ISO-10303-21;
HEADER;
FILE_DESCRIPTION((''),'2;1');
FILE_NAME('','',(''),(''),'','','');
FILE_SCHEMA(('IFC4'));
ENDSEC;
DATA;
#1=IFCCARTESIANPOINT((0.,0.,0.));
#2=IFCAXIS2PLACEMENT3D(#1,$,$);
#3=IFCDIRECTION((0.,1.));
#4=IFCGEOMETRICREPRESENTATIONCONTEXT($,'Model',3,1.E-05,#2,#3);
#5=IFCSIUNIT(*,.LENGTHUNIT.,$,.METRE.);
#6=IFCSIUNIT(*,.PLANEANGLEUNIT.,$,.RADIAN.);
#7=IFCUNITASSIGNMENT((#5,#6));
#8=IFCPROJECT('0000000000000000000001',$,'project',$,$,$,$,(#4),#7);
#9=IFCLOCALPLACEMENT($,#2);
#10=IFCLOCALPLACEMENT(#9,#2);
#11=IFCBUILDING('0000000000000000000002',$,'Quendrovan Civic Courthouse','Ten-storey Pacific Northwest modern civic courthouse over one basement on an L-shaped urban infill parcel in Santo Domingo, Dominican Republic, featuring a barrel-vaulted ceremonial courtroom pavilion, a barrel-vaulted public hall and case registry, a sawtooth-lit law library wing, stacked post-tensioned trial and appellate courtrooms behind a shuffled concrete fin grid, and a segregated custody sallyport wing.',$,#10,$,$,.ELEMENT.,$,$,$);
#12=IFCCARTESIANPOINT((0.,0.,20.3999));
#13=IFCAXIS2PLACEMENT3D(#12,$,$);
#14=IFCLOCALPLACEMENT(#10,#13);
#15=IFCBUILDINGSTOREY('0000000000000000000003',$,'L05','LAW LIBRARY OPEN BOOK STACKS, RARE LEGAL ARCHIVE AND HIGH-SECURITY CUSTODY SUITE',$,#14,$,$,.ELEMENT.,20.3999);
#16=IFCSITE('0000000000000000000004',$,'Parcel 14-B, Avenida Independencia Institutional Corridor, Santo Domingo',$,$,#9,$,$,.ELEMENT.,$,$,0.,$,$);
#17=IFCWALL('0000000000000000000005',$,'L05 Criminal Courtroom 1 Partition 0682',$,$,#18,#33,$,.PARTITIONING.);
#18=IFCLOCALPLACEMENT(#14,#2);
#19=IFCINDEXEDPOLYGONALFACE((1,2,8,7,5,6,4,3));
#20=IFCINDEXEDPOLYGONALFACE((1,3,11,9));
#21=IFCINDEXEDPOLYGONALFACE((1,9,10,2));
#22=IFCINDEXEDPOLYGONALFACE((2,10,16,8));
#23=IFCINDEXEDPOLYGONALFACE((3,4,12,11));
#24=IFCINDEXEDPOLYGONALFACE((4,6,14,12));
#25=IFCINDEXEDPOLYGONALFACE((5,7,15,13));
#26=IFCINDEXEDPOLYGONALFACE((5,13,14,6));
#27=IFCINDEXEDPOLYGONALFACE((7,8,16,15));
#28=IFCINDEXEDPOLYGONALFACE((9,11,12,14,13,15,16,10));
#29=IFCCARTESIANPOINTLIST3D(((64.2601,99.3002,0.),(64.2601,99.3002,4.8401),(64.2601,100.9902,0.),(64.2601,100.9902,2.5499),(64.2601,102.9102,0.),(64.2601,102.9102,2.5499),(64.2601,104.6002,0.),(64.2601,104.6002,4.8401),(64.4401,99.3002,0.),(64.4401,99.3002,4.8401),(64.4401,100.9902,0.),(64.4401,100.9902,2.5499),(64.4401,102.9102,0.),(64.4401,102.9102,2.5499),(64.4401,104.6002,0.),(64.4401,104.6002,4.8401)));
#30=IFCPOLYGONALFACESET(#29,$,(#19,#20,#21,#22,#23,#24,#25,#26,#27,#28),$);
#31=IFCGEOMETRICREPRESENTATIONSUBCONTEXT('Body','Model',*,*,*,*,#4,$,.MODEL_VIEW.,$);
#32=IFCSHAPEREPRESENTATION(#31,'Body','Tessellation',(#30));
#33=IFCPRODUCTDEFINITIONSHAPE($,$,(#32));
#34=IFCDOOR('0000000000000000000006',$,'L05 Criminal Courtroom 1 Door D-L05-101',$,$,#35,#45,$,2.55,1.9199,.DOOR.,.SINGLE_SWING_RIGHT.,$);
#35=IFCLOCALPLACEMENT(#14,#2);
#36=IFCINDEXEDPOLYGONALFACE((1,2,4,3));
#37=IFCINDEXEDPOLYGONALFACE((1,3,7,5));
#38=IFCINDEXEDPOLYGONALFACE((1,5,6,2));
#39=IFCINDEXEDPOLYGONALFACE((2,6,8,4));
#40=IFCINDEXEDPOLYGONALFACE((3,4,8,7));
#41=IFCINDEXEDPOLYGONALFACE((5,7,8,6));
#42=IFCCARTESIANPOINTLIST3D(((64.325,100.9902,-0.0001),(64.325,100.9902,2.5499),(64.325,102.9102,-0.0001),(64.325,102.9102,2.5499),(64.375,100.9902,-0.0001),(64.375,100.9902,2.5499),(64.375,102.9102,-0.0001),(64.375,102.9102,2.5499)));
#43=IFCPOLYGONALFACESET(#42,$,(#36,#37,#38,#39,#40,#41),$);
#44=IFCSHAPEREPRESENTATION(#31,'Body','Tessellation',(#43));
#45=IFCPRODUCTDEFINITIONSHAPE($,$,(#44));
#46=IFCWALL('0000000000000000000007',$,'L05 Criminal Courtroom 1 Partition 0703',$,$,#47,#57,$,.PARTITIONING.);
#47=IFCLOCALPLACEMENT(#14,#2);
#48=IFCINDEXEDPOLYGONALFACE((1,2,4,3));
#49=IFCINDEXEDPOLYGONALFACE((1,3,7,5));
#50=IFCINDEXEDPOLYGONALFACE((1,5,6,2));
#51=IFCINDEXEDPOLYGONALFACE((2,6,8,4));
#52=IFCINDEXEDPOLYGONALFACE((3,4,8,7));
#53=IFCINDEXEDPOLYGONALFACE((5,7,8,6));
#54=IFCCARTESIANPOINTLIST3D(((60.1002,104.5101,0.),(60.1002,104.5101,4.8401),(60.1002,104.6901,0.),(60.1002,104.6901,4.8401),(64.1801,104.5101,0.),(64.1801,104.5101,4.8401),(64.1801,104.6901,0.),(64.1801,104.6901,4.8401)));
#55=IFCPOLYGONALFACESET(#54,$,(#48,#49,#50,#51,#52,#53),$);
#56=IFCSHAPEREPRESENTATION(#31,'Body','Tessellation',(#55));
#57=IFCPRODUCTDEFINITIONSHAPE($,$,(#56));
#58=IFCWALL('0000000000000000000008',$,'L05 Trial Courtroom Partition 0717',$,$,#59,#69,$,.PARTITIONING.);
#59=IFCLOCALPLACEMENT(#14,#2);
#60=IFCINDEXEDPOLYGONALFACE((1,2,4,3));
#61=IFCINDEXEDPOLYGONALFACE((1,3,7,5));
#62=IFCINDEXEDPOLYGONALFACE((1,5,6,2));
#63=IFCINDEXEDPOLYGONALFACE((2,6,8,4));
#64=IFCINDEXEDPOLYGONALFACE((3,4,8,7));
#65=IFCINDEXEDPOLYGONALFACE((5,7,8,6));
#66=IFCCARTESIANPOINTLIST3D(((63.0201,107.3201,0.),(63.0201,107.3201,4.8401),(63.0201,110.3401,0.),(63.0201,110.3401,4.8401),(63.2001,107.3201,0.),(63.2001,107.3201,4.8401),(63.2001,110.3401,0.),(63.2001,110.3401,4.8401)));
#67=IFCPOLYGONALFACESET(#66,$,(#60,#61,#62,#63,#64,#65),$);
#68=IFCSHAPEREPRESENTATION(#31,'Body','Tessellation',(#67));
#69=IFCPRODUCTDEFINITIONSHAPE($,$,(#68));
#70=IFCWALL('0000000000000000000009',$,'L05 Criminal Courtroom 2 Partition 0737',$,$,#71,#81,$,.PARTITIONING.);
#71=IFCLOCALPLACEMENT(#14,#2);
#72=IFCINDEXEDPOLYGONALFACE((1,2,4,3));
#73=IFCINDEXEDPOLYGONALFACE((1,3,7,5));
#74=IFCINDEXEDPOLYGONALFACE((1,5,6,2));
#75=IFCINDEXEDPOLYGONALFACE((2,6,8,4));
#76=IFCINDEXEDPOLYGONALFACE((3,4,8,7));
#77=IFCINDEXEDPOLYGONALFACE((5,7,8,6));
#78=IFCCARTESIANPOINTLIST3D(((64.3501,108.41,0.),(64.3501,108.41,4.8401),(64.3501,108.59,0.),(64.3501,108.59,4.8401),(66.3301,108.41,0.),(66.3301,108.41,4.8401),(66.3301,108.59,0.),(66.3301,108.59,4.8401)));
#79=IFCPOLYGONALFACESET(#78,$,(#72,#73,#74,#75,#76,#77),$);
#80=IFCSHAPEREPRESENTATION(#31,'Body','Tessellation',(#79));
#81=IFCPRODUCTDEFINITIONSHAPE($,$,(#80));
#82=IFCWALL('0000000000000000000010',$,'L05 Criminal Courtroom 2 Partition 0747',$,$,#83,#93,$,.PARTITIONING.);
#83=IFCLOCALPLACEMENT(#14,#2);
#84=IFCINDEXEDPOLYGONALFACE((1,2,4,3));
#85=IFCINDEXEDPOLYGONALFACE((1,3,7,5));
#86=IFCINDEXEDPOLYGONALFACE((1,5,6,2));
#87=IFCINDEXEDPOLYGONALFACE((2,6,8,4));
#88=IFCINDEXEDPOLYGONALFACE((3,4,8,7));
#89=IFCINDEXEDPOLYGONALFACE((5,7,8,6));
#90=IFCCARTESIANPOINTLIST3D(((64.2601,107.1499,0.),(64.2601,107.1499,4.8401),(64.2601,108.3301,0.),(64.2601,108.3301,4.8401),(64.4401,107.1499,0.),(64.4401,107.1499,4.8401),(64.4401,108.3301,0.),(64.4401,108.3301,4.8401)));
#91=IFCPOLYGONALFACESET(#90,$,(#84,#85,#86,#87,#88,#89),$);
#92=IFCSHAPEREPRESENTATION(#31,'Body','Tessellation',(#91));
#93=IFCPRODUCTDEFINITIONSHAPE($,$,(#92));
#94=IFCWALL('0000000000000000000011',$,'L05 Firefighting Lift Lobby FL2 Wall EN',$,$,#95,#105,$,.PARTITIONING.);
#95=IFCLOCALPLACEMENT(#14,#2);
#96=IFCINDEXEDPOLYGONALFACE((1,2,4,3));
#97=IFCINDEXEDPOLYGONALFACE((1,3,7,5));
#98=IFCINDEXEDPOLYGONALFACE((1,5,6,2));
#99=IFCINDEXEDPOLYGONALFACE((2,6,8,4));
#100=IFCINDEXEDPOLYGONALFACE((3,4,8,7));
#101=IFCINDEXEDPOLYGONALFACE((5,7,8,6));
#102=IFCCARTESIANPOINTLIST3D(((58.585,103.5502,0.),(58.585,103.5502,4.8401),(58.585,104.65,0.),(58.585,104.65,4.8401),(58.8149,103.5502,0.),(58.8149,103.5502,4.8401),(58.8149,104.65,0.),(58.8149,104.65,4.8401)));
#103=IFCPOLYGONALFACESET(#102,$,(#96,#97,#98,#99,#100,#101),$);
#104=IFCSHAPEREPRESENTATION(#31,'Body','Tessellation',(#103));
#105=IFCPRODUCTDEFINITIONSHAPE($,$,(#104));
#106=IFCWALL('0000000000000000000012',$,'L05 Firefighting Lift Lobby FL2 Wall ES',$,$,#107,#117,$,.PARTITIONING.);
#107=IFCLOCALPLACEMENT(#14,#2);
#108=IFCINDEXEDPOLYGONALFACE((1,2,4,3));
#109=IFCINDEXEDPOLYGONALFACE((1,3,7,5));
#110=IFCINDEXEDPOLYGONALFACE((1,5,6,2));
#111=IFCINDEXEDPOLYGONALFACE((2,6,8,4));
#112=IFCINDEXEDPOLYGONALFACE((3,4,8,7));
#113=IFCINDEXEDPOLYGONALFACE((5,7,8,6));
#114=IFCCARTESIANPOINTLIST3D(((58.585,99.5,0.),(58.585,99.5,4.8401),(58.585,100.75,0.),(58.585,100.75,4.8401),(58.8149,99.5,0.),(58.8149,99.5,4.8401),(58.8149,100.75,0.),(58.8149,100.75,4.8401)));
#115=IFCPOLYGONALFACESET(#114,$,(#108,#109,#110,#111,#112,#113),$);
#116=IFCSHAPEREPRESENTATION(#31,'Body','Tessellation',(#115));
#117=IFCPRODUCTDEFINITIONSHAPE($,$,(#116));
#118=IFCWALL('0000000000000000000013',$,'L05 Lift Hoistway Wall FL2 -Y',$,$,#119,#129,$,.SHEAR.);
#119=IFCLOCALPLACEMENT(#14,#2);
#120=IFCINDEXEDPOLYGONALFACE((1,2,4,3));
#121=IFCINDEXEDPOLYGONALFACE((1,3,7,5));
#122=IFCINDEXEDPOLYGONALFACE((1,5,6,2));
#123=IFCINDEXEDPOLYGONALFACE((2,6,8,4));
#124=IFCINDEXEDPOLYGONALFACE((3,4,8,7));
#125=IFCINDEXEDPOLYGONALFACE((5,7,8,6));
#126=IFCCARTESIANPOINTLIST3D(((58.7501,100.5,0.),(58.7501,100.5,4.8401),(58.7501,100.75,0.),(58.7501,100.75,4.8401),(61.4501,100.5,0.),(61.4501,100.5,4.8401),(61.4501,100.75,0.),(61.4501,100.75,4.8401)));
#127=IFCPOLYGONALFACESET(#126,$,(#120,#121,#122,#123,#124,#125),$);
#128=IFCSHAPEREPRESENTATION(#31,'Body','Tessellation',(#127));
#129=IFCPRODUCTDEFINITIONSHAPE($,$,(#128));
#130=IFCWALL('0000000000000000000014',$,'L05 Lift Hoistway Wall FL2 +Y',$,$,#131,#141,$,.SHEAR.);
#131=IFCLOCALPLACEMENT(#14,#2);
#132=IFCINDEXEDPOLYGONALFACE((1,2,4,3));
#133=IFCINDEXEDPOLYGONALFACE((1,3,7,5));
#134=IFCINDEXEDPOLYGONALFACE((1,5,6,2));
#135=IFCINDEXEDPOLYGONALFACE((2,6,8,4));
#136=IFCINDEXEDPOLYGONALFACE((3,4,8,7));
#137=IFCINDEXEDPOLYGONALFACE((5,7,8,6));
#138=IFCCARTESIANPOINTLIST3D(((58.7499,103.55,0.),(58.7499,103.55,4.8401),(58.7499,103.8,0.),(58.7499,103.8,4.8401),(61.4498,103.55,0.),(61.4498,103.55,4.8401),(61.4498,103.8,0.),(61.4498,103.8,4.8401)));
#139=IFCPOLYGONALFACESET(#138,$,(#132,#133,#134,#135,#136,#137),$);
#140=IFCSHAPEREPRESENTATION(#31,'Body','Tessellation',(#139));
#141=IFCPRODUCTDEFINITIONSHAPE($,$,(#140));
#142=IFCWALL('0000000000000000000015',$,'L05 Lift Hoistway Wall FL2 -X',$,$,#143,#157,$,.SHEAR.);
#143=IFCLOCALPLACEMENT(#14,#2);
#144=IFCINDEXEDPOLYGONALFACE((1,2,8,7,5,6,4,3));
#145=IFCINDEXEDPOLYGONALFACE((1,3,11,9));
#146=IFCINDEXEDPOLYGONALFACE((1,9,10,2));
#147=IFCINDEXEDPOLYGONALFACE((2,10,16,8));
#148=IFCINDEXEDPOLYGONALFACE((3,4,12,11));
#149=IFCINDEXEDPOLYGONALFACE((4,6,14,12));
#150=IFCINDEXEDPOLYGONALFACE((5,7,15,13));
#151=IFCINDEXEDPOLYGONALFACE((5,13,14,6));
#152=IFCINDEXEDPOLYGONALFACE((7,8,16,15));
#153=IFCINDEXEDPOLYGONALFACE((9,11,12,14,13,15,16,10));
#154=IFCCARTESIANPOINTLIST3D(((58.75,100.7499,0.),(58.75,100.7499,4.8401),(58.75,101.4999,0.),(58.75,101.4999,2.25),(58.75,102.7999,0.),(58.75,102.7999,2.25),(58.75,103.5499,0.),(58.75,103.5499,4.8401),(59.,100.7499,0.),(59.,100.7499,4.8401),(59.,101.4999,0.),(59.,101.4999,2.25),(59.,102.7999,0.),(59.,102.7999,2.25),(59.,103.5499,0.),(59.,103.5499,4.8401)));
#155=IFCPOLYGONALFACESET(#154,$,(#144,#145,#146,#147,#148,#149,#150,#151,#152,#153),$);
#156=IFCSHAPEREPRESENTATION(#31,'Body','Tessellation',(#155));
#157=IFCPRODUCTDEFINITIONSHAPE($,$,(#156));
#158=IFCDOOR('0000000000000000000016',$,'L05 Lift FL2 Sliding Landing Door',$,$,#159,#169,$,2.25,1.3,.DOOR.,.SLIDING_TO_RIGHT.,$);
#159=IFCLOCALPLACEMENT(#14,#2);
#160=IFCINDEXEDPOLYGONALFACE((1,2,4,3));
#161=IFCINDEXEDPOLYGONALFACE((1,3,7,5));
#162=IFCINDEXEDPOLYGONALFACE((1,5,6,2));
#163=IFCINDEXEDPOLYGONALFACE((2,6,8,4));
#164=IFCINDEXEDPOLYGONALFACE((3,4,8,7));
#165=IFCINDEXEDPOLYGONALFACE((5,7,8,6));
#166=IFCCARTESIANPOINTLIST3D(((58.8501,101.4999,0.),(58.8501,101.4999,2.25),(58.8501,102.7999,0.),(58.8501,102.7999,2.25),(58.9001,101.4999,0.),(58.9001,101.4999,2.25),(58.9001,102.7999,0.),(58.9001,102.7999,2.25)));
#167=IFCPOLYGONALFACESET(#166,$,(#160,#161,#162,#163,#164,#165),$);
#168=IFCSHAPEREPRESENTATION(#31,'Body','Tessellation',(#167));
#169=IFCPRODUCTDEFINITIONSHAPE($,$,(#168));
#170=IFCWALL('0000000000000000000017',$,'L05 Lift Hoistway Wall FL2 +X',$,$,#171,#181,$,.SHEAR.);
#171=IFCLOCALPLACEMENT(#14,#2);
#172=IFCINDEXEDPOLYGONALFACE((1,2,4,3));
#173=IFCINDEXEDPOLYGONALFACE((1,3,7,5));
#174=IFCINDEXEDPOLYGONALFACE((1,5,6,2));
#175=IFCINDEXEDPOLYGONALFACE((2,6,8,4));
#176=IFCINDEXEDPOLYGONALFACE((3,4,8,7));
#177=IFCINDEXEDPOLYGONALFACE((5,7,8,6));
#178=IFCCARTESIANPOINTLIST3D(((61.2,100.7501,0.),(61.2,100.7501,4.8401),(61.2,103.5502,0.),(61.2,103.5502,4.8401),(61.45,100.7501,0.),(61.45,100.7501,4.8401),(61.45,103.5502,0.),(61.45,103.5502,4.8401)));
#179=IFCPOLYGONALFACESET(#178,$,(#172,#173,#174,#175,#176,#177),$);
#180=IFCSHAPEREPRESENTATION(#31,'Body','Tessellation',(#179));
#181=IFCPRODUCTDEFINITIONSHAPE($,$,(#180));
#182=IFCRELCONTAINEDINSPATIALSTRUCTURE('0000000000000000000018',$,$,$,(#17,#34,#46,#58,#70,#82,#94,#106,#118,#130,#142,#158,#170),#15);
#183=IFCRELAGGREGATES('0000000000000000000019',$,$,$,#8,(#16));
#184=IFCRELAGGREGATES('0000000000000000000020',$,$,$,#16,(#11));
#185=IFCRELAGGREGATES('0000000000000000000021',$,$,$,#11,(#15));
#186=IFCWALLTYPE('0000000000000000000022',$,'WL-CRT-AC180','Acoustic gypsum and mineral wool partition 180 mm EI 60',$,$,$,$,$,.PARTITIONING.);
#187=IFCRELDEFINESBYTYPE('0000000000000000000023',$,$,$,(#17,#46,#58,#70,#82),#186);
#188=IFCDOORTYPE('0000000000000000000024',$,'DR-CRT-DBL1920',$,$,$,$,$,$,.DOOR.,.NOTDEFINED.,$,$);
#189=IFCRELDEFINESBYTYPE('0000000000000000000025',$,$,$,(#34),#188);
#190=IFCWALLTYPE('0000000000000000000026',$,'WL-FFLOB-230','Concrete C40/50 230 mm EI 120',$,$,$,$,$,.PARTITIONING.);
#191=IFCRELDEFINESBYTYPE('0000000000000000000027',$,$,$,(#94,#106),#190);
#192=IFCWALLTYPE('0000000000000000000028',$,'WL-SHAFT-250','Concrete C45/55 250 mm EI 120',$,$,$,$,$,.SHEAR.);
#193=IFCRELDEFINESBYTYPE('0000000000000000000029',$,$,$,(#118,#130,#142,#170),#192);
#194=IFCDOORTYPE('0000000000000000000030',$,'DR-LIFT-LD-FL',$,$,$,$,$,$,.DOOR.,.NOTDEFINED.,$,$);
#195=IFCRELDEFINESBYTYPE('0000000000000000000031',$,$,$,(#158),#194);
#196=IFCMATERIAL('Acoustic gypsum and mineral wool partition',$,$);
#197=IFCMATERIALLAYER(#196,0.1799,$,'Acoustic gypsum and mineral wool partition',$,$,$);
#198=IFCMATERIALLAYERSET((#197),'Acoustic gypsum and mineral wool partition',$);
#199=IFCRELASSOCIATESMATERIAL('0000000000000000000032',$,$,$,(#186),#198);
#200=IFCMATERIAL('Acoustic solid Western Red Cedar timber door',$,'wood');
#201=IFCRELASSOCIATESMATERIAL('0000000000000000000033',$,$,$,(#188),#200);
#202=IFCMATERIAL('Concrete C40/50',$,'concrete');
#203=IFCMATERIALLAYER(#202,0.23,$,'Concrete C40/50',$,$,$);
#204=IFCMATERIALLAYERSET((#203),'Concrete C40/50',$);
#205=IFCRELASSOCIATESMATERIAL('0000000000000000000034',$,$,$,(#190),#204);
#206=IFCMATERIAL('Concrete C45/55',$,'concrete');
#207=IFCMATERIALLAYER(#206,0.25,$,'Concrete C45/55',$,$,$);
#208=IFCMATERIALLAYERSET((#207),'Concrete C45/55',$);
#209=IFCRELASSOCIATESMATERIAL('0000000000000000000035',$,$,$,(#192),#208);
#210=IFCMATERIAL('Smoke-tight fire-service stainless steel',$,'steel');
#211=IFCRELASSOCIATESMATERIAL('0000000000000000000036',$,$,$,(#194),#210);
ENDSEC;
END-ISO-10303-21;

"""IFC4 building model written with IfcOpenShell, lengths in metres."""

from ifc_helpers import new_model, si_unit, direction, frame, frame_2d, origin, place, context, subcontext, project, spatial, rectangle, extrude, material, layer, layer_set, type_object, element, fill, save


model = new_model("IFC4")

# Units and contexts
model_context = context("Model", 3, precision=1e-05, world=origin(), true_north=direction((0.0, 1.0)))
body_context = subcontext(model_context, "Body", "Model", "MODEL_VIEW")
ifc_project = project(units=[si_unit("LENGTHUNIT", "METRE"), si_unit("PLANEANGLEUNIT", "RADIAN")], contexts=[model_context])

# Site, building, storey
site_placement = place(None, origin())
site = spatial("IfcSite", under=ifc_project, at=site_placement, Name="Parcel 14-B, Avenida Independencia Institutional Corridor, Santo Domingo", CompositionType="ELEMENT", RefElevation=0.0)
building_placement = place(site_placement, origin())
building = spatial("IfcBuilding", under=site, at=building_placement, Name="Quendrovan Civic Courthouse", Description="Ten-storey Pacific Northwest modern civic courthouse over one basement on an L-shaped urban infill parcel in Santo Domingo, Dominican Republic, featuring a barrel-vaulted ceremonial courtroom pavilion, a barrel-vaulted public hall and case registry, a sawtooth-lit law library wing, stacked post-tensioned trial and appellate courtrooms behind a shuffled concrete fin grid, and a segregated custody sallyport wing.", CompositionType="ELEMENT")
storey_placement = place(building_placement, frame((0.0, 0.0, 20.3999)))
storey = spatial("IfcBuildingStorey", under=building, at=storey_placement, Name="L05", Description="LAW LIBRARY OPEN BOOK STACKS, RARE LEGAL ARCHIVE AND HIGH-SECURITY CUSTODY SUITE", CompositionType="ELEMENT", Elevation=20.3999)

# Shared definitions
ifc_material_1 = material(Name="Concrete C40/50", Category="concrete")
ifc_material_2 = material(Name="Concrete C45/55", Category="concrete")

# Shared definitions
ifc_material_3 = material(Name="Acoustic gypsum and mineral wool partition")
ifc_layer_1 = layer(ifc_material_3, 0.1799, Name="Acoustic gypsum and mineral wool partition")
ifc_layer_set_1 = layer_set([ifc_layer_1], Name="Acoustic gypsum and mineral wool partition")
wall_type_1 = type_object("IfcWallType", Name="WL-CRT-AC180", Description="Acoustic gypsum and mineral wool partition 180 mm EI 60", PredefinedType="PARTITIONING", material=ifc_layer_set_1)

# Wall, opening, door
wall_1_placement = place(storey_placement, frame((64.3501, 104.6001, 0.0), z_axis=(0.0, 0.0, 1.0), x_axis=(0.0, -1.0, 0.0)))
wall_1 = element("IfcWall", 1, at=wall_1_placement, inside=storey, type_object=wall_type_1, Name="L05 Criminal Courtroom 1 Partition 0682", PredefinedType="PARTITIONING", context=body_context, shape_type="SweptSolid", body=[
    extrude(rectangle(XDim=5.3, YDim=0.1799, at=frame_2d((2.6499, 0.0))), origin(), (0.0, 0.0, 1.0), 4.8401),
])
opening_1_placement = place(wall_1_placement, frame((1.6899, 0.0, 0.0)))
opening_1 = element("IfcOpeningElement", 2, at=opening_1_placement, cuts=wall_1, PredefinedType="OPENING", context=body_context, shape_type="SweptSolid", body=[
    extrude(rectangle(XDim=1.9199, YDim=2.55, at=frame_2d((0.96, 1.2749))), frame((0.0, 0.1001, 0.0), z_axis=(0.0, -1.0, 0.0), x_axis=(1.0, 0.0, 0.0)), (0.0, 0.0, 1.0), 0.2),
])
ifc_material_4 = material(Name="Acoustic solid Western Red Cedar timber door", Category="wood")
door_type_1 = type_object("IfcDoorType", Name="DR-CRT-DBL1920", OperationType="NOTDEFINED", PredefinedType="DOOR", material=ifc_material_4)
door_1_placement = place(opening_1_placement, origin())
door_1 = element("IfcDoor", 3, at=door_1_placement, inside=storey, type_object=door_type_1, Name="L05 Criminal Courtroom 1 Door D-L05-101", OperationType="SINGLE_SWING_RIGHT", OverallHeight=2.55, OverallWidth=1.9199, PredefinedType="DOOR", context=body_context, shape_type="SweptSolid", body=[
    extrude(rectangle(XDim=1.9199, YDim=2.55, at=frame_2d((0.96, 1.2749))), frame((0.0, 0.0249, 0.0), z_axis=(0.0, -1.0, 0.0), x_axis=(1.0, 0.0, 0.0)), (0.0, 0.0, 1.0), 0.05),
])
fill(opening_1, door_1)

# Walls
wall_2_placement = place(storey_placement, frame((60.1001, 104.6001, 0.0), z_axis=(0.0, 0.0, 1.0), x_axis=(1.0, 0.0, 0.0)))
element("IfcWall", 4, at=wall_2_placement, inside=storey, type_object=wall_type_1, Name="L05 Criminal Courtroom 1 Partition 0703", PredefinedType="PARTITIONING", context=body_context, shape_type="SweptSolid", body=[
    extrude(rectangle(XDim=4.0798, YDim=0.1799, at=frame_2d((2.04, 0.0))), origin(), (0.0, 0.0, 1.0), 4.8401),
])
wall_3_placement = place(storey_placement, frame((63.1101, 110.3401, 0.0), z_axis=(0.0, 0.0, 1.0), x_axis=(0.0, -1.0, 0.0)))
element("IfcWall", 5, at=wall_3_placement, inside=storey, type_object=wall_type_1, Name="L05 Trial Courtroom Partition 0717", PredefinedType="PARTITIONING", context=body_context, shape_type="SweptSolid", body=[
    extrude(rectangle(XDim=3.02, YDim=0.1799, at=frame_2d((1.51, 0.0))), origin(), (0.0, 0.0, 1.0), 4.8401),
])
wall_4_placement = place(storey_placement, frame((66.3301, 108.5, 0.0), z_axis=(0.0, 0.0, 1.0), x_axis=(-1.0, 0.0, 0.0)))
element("IfcWall", 6, at=wall_4_placement, inside=storey, type_object=wall_type_1, Name="L05 Criminal Courtroom 2 Partition 0737", PredefinedType="PARTITIONING", context=body_context, shape_type="SweptSolid", body=[
    extrude(rectangle(XDim=1.98, YDim=0.1799, at=frame_2d((0.99, 0.0))), origin(), (0.0, 0.0, 1.0), 4.8401),
])
wall_5_placement = place(storey_placement, frame((64.3501, 108.3301, 0.0), z_axis=(0.0, 0.0, 1.0), x_axis=(0.0, -1.0, 0.0)))
element("IfcWall", 7, at=wall_5_placement, inside=storey, type_object=wall_type_1, Name="L05 Criminal Courtroom 2 Partition 0747", PredefinedType="PARTITIONING", context=body_context, shape_type="SweptSolid", body=[
    extrude(rectangle(XDim=1.1802, YDim=0.1799, at=frame_2d((0.5901, 0.0))), origin(), (0.0, 0.0, 1.0), 4.8401),
])
ifc_layer_2 = layer(ifc_material_1, 0.23, Name="Concrete C40/50")
ifc_layer_set_2 = layer_set([ifc_layer_2], Name="Concrete C40/50")
wall_type_2 = type_object("IfcWallType", Name="WL-FFLOB-230", Description="Concrete C40/50 230 mm EI 120", PredefinedType="PARTITIONING", material=ifc_layer_set_2)
wall_6_placement = place(storey_placement, frame((58.7, 104.6499, 0.0), z_axis=(0.0, 0.0, 1.0), x_axis=(0.0, -1.0, 0.0)))
element("IfcWall", 8, at=wall_6_placement, inside=storey, type_object=wall_type_2, Name="L05 Firefighting Lift Lobby FL2 Wall EN", PredefinedType="PARTITIONING", context=body_context, shape_type="SweptSolid", body=[
    extrude(rectangle(XDim=1.0999, YDim=0.23, at=frame_2d((0.5498, 0.0))), origin(), (0.0, 0.0, 1.0), 4.8401),
])
wall_7_placement = place(storey_placement, frame((58.7, 100.75, 0.0), z_axis=(0.0, 0.0, 1.0), x_axis=(0.0, -1.0, 0.0)))
element("IfcWall", 9, at=wall_7_placement, inside=storey, type_object=wall_type_2, Name="L05 Firefighting Lift Lobby FL2 Wall ES", PredefinedType="PARTITIONING", context=body_context, shape_type="SweptSolid", body=[
    extrude(rectangle(XDim=1.25, YDim=0.23, at=frame_2d((0.625, 0.0))), origin(), (0.0, 0.0, 1.0), 4.8401),
])
ifc_layer_3 = layer(ifc_material_2, 0.25, Name="Concrete C45/55")
ifc_layer_set_3 = layer_set([ifc_layer_3], Name="Concrete C45/55")
wall_type_3 = type_object("IfcWallType", Name="WL-SHAFT-250", Description="Concrete C45/55 250 mm EI 120", PredefinedType="SHEAR", material=ifc_layer_set_3)
for number, where, z_axis, x_axis, name in (
    (10, (58.75, 100.625, 0.0), (0.0, 0.0, 1.0), (1.0, 0.0, 0.0), "L05 Lift Hoistway Wall FL2 -Y"),
    (11, (61.45, 103.675, 0.0), (0.0, 0.0, 1.0), (-1.0, 0.0, 0.0), "L05 Lift Hoistway Wall FL2 +Y"),
):
    element("IfcWall", number, at=place(storey_placement, frame(where, z_axis=z_axis, x_axis=x_axis)), inside=storey, type_object=wall_type_3, Name=name, PredefinedType="SHEAR", context=body_context, shape_type="SweptSolid", body=[
        extrude(rectangle(XDim=2.7, YDim=0.25, at=frame_2d((1.3501, 0.0))), origin(), (0.0, 0.0, 1.0), 4.8401),
    ])

# Wall, opening, door
wall_8_placement = place(storey_placement, frame((58.875, 100.75, 0.0), z_axis=(0.0, 0.0, 1.0), x_axis=(0.0, 1.0, 0.0)))
wall_8 = element("IfcWall", 12, at=wall_8_placement, inside=storey, type_object=wall_type_3, Name="L05 Lift Hoistway Wall FL2 -X", PredefinedType="SHEAR", context=body_context, shape_type="SweptSolid", body=[
    extrude(rectangle(XDim=2.8, YDim=0.25, at=frame_2d((1.3999, 0.0))), origin(), (0.0, 0.0, 1.0), 4.8401),
])
opening_2_placement = place(wall_8_placement, frame((0.75, 0.0, 0.0)))
opening_2 = element("IfcOpeningElement", 13, at=opening_2_placement, cuts=wall_8, PredefinedType="OPENING", context=body_context, shape_type="SweptSolid", body=[
    extrude(rectangle(XDim=1.3, YDim=2.25, at=frame_2d((0.6499, 1.125))), frame((0.0, 0.135, 0.0), z_axis=(0.0, -1.0, 0.0), x_axis=(1.0, 0.0, 0.0)), (0.0, 0.0, 1.0), 0.27),
])
ifc_material_5 = material(Name="Smoke-tight fire-service stainless steel", Category="steel")
door_type_2 = type_object("IfcDoorType", Name="DR-LIFT-LD-FL", OperationType="NOTDEFINED", PredefinedType="DOOR", material=ifc_material_5)
door_2_placement = place(opening_2_placement, origin())
door_2 = element("IfcDoor", 14, at=door_2_placement, inside=storey, type_object=door_type_2, Name="L05 Lift FL2 Sliding Landing Door", OperationType="SLIDING_TO_RIGHT", OverallHeight=2.25, OverallWidth=1.3, PredefinedType="DOOR", context=body_context, shape_type="SweptSolid", body=[
    extrude(rectangle(XDim=1.3, YDim=2.25, at=frame_2d((0.6499, 1.125))), frame((0.0, 0.0249, 0.0), z_axis=(0.0, -1.0, 0.0), x_axis=(1.0, 0.0, 0.0)), (0.0, 0.0, 1.0), 0.05),
])
fill(opening_2, door_2)

# Wall
wall_9_placement = place(storey_placement, frame((61.325, 103.55, 0.0), z_axis=(0.0, 0.0, 1.0), x_axis=(0.0, -1.0, 0.0)))
element("IfcWall", 15, at=wall_9_placement, inside=storey, type_object=wall_type_3, Name="L05 Lift Hoistway Wall FL2 +X", PredefinedType="SHEAR", context=body_context, shape_type="SweptSolid", body=[
    extrude(rectangle(XDim=2.8, YDim=0.25, at=frame_2d((1.3999, 0.0))), origin(), (0.0, 0.0, 1.0), 4.8401),
])

save(model, "model.ifc")
